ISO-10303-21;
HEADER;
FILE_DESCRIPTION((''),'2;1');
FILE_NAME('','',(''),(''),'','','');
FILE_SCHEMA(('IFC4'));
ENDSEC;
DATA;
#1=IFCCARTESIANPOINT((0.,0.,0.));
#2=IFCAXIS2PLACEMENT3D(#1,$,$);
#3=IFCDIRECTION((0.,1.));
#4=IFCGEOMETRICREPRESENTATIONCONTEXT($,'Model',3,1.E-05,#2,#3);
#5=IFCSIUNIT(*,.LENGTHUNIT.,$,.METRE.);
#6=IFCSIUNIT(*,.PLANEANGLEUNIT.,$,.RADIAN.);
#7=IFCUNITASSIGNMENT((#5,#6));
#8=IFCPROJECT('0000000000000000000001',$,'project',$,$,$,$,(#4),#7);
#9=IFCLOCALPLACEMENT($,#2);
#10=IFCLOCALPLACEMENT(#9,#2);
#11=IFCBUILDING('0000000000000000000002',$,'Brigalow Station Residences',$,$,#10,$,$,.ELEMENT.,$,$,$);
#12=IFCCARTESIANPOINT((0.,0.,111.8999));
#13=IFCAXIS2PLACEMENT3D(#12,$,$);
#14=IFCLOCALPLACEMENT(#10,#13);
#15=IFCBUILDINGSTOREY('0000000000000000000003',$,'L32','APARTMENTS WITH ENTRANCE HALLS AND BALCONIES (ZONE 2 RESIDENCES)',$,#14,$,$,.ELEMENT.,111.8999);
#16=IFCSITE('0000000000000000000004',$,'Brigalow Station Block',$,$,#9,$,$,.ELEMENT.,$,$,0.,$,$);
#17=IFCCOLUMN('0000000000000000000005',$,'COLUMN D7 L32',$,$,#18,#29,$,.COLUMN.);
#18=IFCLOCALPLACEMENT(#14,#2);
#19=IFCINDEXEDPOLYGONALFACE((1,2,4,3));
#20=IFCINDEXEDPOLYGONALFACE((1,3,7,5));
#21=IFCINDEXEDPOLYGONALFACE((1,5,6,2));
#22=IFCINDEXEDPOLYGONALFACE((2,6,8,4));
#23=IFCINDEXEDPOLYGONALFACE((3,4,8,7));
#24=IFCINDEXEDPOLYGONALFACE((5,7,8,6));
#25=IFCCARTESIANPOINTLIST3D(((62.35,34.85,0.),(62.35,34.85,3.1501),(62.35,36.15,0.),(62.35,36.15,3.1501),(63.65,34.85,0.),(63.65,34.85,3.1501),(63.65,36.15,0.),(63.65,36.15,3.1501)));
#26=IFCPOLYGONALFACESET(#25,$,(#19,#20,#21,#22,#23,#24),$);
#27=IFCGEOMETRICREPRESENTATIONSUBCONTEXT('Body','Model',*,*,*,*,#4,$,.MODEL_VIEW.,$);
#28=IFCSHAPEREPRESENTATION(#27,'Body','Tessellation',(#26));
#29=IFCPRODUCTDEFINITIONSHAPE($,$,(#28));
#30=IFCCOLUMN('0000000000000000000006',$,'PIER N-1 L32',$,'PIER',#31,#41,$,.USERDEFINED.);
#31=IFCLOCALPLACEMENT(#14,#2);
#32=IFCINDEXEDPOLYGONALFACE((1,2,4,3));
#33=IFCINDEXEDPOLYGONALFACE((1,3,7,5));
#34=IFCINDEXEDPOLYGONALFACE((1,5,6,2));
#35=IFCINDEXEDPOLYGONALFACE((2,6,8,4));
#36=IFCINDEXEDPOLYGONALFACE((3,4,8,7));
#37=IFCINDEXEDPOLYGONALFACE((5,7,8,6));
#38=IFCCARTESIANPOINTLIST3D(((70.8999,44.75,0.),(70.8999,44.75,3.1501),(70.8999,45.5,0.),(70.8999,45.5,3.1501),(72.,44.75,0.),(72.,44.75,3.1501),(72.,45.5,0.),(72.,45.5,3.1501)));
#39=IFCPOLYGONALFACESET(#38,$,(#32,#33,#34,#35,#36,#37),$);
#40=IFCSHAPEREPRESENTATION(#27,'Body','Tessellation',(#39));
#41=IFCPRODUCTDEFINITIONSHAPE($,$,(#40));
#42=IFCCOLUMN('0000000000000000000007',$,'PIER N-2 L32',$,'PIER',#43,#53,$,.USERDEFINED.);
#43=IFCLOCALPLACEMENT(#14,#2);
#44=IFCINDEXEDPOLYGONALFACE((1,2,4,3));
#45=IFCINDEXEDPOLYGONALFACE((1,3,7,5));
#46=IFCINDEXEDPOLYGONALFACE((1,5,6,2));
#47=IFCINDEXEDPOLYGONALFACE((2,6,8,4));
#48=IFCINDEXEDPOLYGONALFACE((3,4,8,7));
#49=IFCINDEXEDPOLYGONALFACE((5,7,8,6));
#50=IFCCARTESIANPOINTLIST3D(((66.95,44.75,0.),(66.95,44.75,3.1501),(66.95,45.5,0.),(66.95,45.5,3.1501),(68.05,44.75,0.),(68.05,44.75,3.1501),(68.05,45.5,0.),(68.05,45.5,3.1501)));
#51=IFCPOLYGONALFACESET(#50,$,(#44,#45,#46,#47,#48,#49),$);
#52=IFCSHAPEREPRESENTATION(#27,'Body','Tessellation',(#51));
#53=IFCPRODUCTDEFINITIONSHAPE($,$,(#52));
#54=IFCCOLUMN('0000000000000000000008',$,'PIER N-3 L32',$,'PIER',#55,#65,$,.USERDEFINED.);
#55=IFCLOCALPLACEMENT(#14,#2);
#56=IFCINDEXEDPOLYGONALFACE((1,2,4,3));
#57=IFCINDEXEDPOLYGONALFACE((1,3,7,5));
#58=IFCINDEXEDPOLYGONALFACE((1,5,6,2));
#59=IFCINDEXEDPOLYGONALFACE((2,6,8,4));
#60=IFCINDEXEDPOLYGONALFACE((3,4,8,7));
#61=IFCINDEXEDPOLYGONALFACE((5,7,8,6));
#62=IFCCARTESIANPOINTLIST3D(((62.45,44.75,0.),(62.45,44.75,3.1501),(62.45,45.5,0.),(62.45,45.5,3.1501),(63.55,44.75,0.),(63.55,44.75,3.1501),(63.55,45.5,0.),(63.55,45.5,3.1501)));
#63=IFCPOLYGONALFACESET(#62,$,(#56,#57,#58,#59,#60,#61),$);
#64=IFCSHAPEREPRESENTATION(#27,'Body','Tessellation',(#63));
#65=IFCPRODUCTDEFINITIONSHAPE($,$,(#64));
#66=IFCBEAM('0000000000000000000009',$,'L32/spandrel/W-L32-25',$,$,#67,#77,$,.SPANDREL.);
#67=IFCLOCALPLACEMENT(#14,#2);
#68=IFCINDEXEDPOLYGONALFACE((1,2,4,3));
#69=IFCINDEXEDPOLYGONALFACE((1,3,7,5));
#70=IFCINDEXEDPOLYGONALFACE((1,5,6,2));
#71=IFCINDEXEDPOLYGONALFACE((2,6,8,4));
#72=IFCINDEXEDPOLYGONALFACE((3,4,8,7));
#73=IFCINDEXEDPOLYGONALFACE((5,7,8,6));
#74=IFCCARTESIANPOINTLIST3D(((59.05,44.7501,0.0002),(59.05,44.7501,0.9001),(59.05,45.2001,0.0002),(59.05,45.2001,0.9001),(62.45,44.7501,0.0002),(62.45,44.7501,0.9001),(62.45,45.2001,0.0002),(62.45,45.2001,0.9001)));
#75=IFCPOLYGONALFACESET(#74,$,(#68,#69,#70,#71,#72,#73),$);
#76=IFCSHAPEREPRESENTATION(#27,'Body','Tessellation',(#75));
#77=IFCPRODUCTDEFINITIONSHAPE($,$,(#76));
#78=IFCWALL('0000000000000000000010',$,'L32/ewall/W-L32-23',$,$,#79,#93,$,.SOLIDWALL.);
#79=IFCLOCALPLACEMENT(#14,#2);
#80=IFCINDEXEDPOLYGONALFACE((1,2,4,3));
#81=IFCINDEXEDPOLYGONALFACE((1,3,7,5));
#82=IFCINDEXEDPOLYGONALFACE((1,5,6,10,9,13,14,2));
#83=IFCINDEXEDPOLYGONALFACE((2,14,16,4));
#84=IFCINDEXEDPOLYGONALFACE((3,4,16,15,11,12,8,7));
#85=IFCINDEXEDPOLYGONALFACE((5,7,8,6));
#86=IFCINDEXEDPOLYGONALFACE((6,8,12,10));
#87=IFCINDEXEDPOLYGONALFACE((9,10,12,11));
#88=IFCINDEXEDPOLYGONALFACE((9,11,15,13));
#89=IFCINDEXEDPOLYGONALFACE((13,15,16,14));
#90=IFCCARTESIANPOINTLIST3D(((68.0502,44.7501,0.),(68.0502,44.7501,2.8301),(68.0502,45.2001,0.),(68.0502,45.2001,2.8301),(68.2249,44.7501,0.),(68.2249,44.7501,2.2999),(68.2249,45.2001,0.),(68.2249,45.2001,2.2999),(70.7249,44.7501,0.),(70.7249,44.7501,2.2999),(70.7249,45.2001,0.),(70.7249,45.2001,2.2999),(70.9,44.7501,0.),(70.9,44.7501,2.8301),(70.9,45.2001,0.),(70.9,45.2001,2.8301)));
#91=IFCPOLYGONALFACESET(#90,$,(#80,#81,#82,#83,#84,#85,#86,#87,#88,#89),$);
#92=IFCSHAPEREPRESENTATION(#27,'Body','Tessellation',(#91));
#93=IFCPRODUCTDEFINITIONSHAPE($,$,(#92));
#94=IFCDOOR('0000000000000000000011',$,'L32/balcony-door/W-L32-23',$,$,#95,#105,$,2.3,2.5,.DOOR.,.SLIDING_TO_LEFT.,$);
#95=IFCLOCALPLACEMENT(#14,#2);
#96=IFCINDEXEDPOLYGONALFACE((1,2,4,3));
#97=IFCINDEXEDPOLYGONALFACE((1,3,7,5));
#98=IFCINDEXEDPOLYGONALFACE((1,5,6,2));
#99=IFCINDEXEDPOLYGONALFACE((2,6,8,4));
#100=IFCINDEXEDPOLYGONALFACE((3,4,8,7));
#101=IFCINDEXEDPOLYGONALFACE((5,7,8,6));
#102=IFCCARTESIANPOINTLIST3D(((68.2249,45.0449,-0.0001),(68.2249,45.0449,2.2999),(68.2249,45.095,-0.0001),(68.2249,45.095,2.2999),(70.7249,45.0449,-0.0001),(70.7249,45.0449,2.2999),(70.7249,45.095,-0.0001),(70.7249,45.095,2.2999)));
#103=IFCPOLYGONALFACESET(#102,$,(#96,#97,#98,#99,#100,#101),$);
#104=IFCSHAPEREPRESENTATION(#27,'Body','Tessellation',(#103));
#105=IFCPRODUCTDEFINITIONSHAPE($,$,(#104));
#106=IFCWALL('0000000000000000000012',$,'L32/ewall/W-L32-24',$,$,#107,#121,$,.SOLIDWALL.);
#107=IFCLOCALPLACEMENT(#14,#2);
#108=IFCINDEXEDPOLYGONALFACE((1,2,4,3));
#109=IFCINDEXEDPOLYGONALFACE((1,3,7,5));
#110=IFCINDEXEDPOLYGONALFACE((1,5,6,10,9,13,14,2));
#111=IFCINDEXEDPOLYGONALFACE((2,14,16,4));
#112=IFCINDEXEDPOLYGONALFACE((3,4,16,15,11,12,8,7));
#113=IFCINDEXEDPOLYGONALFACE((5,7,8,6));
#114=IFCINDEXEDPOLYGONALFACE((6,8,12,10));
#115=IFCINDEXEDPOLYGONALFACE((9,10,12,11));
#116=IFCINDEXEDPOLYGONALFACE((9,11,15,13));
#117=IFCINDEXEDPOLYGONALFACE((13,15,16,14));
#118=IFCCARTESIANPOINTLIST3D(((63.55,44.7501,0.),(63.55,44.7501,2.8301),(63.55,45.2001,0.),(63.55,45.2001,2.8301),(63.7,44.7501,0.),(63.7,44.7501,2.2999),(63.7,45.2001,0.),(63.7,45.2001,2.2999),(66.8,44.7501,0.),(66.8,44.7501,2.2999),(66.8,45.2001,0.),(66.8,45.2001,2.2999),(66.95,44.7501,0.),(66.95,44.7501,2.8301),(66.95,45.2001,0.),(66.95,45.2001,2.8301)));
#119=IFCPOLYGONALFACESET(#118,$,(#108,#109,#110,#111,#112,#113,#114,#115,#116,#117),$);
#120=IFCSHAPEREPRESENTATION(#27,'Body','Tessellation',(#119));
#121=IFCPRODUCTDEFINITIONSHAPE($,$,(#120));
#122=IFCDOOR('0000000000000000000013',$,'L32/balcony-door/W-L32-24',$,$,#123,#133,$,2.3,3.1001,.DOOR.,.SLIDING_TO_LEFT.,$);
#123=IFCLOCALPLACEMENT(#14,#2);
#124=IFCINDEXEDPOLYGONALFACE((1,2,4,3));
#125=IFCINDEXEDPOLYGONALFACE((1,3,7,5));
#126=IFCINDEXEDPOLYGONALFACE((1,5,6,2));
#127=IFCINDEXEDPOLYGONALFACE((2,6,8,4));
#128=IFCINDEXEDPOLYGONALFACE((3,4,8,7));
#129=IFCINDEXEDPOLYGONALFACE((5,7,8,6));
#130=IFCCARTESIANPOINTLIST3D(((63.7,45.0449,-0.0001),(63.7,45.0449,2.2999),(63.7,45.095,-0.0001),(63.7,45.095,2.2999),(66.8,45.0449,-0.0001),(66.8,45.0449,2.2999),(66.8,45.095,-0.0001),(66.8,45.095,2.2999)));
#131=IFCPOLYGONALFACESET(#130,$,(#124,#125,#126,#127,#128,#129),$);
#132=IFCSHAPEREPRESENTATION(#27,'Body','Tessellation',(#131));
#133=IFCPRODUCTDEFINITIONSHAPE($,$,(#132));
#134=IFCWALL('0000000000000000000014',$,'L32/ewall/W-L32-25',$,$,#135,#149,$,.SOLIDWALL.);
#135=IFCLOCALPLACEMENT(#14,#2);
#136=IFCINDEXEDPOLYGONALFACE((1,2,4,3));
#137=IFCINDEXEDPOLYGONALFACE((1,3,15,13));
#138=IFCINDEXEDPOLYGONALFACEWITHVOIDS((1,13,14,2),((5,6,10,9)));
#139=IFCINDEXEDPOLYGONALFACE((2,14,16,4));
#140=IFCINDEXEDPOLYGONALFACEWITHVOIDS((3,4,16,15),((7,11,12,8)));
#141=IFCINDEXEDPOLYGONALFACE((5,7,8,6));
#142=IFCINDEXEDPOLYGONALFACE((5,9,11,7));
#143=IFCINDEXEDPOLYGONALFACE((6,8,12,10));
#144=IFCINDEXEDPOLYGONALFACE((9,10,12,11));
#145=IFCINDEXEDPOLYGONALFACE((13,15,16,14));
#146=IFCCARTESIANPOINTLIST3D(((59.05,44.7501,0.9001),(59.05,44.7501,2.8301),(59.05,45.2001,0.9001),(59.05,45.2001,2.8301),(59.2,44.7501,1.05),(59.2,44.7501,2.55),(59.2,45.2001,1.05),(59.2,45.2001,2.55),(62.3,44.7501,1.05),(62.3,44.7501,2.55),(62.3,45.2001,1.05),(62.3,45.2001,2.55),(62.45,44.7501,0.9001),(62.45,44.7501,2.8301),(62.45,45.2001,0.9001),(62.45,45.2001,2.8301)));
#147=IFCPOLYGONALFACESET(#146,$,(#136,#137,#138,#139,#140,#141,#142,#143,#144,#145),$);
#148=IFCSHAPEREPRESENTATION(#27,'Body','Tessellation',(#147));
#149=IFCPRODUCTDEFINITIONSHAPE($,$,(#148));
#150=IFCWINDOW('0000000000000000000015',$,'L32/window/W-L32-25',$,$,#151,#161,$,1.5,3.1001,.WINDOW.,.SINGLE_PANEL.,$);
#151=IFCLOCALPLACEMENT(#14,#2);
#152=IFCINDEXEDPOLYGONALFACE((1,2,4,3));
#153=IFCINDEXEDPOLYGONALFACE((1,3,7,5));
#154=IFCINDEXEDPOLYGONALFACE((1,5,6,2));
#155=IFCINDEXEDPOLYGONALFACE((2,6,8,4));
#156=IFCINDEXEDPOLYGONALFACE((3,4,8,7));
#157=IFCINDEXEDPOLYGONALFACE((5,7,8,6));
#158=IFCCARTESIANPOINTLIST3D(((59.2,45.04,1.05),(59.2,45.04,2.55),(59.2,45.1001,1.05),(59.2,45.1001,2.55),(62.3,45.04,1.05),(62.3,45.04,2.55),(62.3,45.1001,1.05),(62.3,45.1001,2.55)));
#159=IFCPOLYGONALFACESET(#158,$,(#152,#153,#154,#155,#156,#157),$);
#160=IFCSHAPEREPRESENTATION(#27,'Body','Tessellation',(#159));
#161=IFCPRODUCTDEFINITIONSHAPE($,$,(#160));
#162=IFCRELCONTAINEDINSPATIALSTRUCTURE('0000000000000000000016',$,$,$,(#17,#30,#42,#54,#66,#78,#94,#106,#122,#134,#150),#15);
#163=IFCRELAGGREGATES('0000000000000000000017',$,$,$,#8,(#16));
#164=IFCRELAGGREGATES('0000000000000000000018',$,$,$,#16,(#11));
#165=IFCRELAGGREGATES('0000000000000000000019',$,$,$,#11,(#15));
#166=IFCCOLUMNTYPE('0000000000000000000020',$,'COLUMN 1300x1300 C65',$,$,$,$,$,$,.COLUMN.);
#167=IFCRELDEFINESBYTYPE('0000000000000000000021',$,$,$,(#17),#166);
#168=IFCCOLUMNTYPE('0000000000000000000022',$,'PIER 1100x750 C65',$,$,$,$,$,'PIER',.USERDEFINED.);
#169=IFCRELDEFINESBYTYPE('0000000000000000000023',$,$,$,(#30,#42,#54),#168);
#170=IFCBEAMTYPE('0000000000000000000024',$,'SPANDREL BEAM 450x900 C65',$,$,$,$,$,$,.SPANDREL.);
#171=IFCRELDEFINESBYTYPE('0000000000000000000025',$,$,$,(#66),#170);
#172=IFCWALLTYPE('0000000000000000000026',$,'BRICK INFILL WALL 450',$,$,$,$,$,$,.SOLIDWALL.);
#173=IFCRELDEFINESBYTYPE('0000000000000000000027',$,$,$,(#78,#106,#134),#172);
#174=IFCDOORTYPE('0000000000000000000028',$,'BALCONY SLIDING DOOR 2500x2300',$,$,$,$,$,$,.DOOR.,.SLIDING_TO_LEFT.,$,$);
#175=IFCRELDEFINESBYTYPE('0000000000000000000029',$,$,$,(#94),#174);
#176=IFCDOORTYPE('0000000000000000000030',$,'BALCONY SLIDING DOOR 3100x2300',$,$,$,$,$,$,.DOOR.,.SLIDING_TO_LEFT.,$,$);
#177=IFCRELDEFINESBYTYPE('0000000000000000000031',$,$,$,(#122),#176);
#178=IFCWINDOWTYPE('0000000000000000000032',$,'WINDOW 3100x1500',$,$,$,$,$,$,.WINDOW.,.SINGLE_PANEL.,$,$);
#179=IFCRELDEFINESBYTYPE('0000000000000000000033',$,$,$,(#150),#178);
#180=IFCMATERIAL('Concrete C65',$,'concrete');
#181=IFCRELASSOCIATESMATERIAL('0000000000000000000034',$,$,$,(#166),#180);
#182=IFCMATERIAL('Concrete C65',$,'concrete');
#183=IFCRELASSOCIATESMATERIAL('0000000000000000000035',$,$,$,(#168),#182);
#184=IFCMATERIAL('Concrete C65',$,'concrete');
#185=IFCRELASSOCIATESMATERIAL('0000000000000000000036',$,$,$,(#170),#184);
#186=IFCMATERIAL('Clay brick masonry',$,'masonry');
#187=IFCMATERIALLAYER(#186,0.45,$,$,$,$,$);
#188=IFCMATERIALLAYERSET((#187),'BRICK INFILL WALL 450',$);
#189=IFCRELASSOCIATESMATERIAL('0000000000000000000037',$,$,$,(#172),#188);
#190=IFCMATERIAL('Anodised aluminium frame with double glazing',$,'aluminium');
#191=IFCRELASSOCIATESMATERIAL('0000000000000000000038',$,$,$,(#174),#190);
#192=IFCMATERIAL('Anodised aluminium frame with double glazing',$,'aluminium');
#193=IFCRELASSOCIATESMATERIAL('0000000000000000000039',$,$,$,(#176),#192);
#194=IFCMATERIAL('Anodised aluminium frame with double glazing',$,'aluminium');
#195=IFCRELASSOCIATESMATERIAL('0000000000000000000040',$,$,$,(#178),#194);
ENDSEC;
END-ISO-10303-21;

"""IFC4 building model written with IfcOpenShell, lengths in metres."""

from ifc_helpers import new_model, si_unit, direction, frame, frame_2d, origin, origin_2d, place, context, subcontext, project, spatial, rectangle, extrude, material, layer, layer_set, material_profile, profile_set, type_object, element, fill, save


model = new_model("IFC4")

# Units and contexts
model_context = context("Model", 3, precision=1e-05, world=origin(), true_north=direction((0.0, 1.0)))
body_context = subcontext(model_context, "Body", "Model", "MODEL_VIEW")
ifc_project = project(units=[si_unit("LENGTHUNIT", "METRE"), si_unit("PLANEANGLEUNIT", "RADIAN")], contexts=[model_context])

# Site, building, storey
site_placement = place(None, origin())
site = spatial("IfcSite", under=ifc_project, at=site_placement, Name="Brigalow Station Block", CompositionType="ELEMENT", RefElevation=0.0)
building_placement = place(site_placement, origin())
building = spatial("IfcBuilding", under=site, at=building_placement, Name="Brigalow Station Residences", CompositionType="ELEMENT")
storey_placement = place(building_placement, frame((0.0, 0.0, 111.8999)))
storey = spatial("IfcBuildingStorey", under=building, at=storey_placement, Name="L32", Description="APARTMENTS WITH ENTRANCE HALLS AND BALCONIES (ZONE 2 RESIDENCES)", CompositionType="ELEMENT", Elevation=111.8999)

# Columns
ifc_material_1 = material(Name="Concrete C65", Category="concrete")
ifc_material_profile_1 = material_profile(ifc_material_1, rectangle(XDim=1.3, YDim=1.3, at=origin_2d()), Name="RC1300x1300")
ifc_profile_set_1 = profile_set([ifc_material_profile_1], Name="Concrete C65")
column_type_1 = type_object("IfcColumnType", Name="COLUMN 1300x1300 C65", PredefinedType="COLUMN", material=ifc_profile_set_1)
column_placement = place(storey_placement, frame((63.0, 35.5, 0.0), z_axis=(0.0, 0.0, 1.0), x_axis=(1.0, 0.0, 0.0)))
element("IfcColumn", 1, at=column_placement, inside=storey, type_object=column_type_1, Name="COLUMN D7 L32", PredefinedType="COLUMN", context=body_context, shape_type="SweptSolid", body=[
    extrude(rectangle(XDim=1.3, YDim=1.3, at=origin_2d()), origin(), (0.0, 0.0, 1.0), 3.1501),
])
ifc_material_2 = material(Name="Concrete C65", Category="concrete")
ifc_material_profile_2 = material_profile(ifc_material_2, rectangle(XDim=1.1001, YDim=0.75, at=origin_2d()), Name="RC1100x750")
ifc_profile_set_2 = profile_set([ifc_material_profile_2], Name="Concrete C65")
column_type_2 = type_object("IfcColumnType", Name="PIER 1100x750 C65", ElementType="PIER", PredefinedType="USERDEFINED", material=ifc_profile_set_2)
for number, where, z_axis, x_axis, name in (
    (2, (71.45, 45.125, 0.0), (0.0, 0.0, 1.0), (-1.0, 0.0, 0.0), "PIER N-1 L32"),
    (3, (67.5, 45.125, 0.0), (0.0, 0.0, 1.0), (-1.0, 0.0, 0.0), "PIER N-2 L32"),
    (4, (63.0, 45.125, 0.0), (0.0, 0.0, 1.0), (-1.0, 0.0, 0.0), "PIER N-3 L32"),
):
    element("IfcColumn", number, at=place(storey_placement, frame(where, z_axis=z_axis, x_axis=x_axis)), inside=storey, type_object=column_type_2, Name=name, ObjectType="PIER", PredefinedType="USERDEFINED", context=body_context, shape_type="SweptSolid", body=[
        extrude(rectangle(XDim=1.1001, YDim=0.75, at=origin_2d()), origin(), (0.0, 0.0, 1.0), 3.1501),
    ])

# Beam
ifc_material_3 = material(Name="Concrete C65", Category="concrete")
ifc_material_profile_3 = material_profile(ifc_material_3, rectangle(XDim=0.45, YDim=0.8999, at=origin_2d()), Name="RC450x900")
ifc_profile_set_3 = profile_set([ifc_material_profile_3], Name="Concrete C65")
beam_type = type_object("IfcBeamType", Name="SPANDREL BEAM 450x900 C65", PredefinedType="SPANDREL", material=ifc_profile_set_3)
beam_placement = place(storey_placement, frame((62.45, 44.9751, 0.4502), z_axis=(-1.0, 0.0, 0.0), x_axis=(0.0, -1.0, 0.0)))
element("IfcBeam", 5, at=beam_placement, inside=storey, type_object=beam_type, Name="L32/spandrel/W-L32-25", PredefinedType="SPANDREL", context=body_context, shape_type="SweptSolid", body=[
    extrude(rectangle(XDim=0.45, YDim=0.8999, at=origin_2d()), origin(), (0.0, 0.0, 1.0), 3.3999),
])

# Walls, openings, doors
ifc_material_4 = material(Name="Clay brick masonry", Category="masonry")
ifc_layer_1 = layer(ifc_material_4, 0.45)
ifc_layer_set_1 = layer_set([ifc_layer_1], Name="BRICK INFILL WALL 450")
wall_type_1 = type_object("IfcWallType", Name="BRICK INFILL WALL 450", PredefinedType="SOLIDWALL", material=ifc_layer_set_1)
wall_1_placement = place(storey_placement, frame((70.8999, 44.9751, 0.0), z_axis=(0.0, 0.0, 1.0), x_axis=(-1.0, 0.0, 0.0)))
wall_1 = element("IfcWall", 6, at=wall_1_placement, inside=storey, type_object=wall_type_1, Name="L32/ewall/W-L32-23", PredefinedType="SOLIDWALL", context=body_context, shape_type="SweptSolid", body=[
    extrude(rectangle(XDim=2.8499, YDim=0.45, at=frame_2d((1.4248, 0.0))), origin(), (0.0, 0.0, 1.0), 2.8301),
])
opening_1_placement = place(wall_1_placement, frame((0.175, 0.0, 0.0)))
opening_1 = element("IfcOpeningElement", 7, at=opening_1_placement, cuts=wall_1, PredefinedType="OPENING", context=body_context, shape_type="SweptSolid", body=[
    extrude(rectangle(XDim=2.5, YDim=2.3, at=frame_2d((1.25, 1.1499))), frame((0.0, 0.2349, 0.0), z_axis=(0.0, -1.0, 0.0), x_axis=(1.0, 0.0, 0.0)), (0.0, 0.0, 1.0), 0.47),
])
ifc_material_5 = material(Name="Anodised aluminium frame with double glazing", Category="aluminium")
door_type_1 = type_object("IfcDoorType", Name="BALCONY SLIDING DOOR 2500x2300", OperationType="SLIDING_TO_LEFT", PredefinedType="DOOR", material=ifc_material_5)
door_1_placement = place(opening_1_placement, origin())
door_1 = element("IfcDoor", 8, at=door_1_placement, inside=storey, type_object=door_type_1, Name="L32/balcony-door/W-L32-23", OperationType="SLIDING_TO_LEFT", OverallHeight=2.3, OverallWidth=2.5, PredefinedType="DOOR", context=body_context, shape_type="SweptSolid", body=[
    extrude(rectangle(XDim=2.5, YDim=2.3, at=frame_2d((1.25, 1.1499))), frame((0.0, -0.0698, 0.0), z_axis=(0.0, -1.0, 0.0), x_axis=(1.0, 0.0, 0.0)), (0.0, 0.0, 1.0), 0.05),
])
fill(opening_1, door_1)
wall_2_placement = place(storey_placement, frame((66.95, 44.9751, 0.0), z_axis=(0.0, 0.0, 1.0), x_axis=(-1.0, 0.0, 0.0)))
wall_2 = element("IfcWall", 9, at=wall_2_placement, inside=storey, type_object=wall_type_1, Name="L32/ewall/W-L32-24", PredefinedType="SOLIDWALL", context=body_context, shape_type="SweptSolid", body=[
    extrude(rectangle(XDim=3.3999, YDim=0.45, at=frame_2d((1.7, 0.0))), origin(), (0.0, 0.0, 1.0), 2.8301),
])
opening_2_placement = place(wall_2_placement, frame((0.1499, 0.0, 0.0)))
opening_2 = element("IfcOpeningElement", 10, at=opening_2_placement, cuts=wall_2, PredefinedType="OPENING", context=body_context, shape_type="SweptSolid", body=[
    extrude(rectangle(XDim=3.1001, YDim=2.3, at=frame_2d((1.55, 1.1499))), frame((0.0, 0.2349, 0.0), z_axis=(0.0, -1.0, 0.0), x_axis=(1.0, 0.0, 0.0)), (0.0, 0.0, 1.0), 0.47),
])
ifc_material_6 = material(Name="Anodised aluminium frame with double glazing", Category="aluminium")
door_type_2 = type_object("IfcDoorType", Name="BALCONY SLIDING DOOR 3100x2300", OperationType="SLIDING_TO_LEFT", PredefinedType="DOOR", material=ifc_material_6)
door_2_placement = place(opening_2_placement, origin())
door_2 = element("IfcDoor", 11, at=door_2_placement, inside=storey, type_object=door_type_2, Name="L32/balcony-door/W-L32-24", OperationType="SLIDING_TO_LEFT", OverallHeight=2.3, OverallWidth=3.1001, PredefinedType="DOOR", context=body_context, shape_type="SweptSolid", body=[
    extrude(rectangle(XDim=3.1001, YDim=2.3, at=frame_2d((1.55, 1.1499))), frame((0.0, -0.0698, 0.0), z_axis=(0.0, -1.0, 0.0), x_axis=(1.0, 0.0, 0.0)), (0.0, 0.0, 1.0), 0.05),
])
fill(opening_2, door_2)

# Wall, opening, window
wall_3_placement = place(storey_placement, frame((62.45, 44.9751, 0.9001), z_axis=(0.0, 0.0, 1.0), x_axis=(-1.0, 0.0, 0.0)))
wall_3 = element("IfcWall", 12, at=wall_3_placement, inside=storey, type_object=wall_type_1, Name="L32/ewall/W-L32-25", PredefinedType="SOLIDWALL", context=body_context, shape_type="SweptSolid", body=[
    extrude(rectangle(XDim=3.3999, YDim=0.45, at=frame_2d((1.7, 0.0))), origin(), (0.0, 0.0, 1.0), 1.9299),
])
opening_3_placement = place(wall_3_placement, frame((0.1499, 0.0, 0.1499)))
opening_3 = element("IfcOpeningElement", 13, at=opening_3_placement, cuts=wall_3, PredefinedType="OPENING", context=body_context, shape_type="SweptSolid", body=[
    extrude(rectangle(XDim=3.1001, YDim=1.5, at=frame_2d((1.55, 0.75))), frame((0.0, 0.2349, 0.0), z_axis=(0.0, -1.0, 0.0), x_axis=(1.0, 0.0, 0.0)), (0.0, 0.0, 1.0), 0.47),
])
ifc_material_7 = material(Name="Anodised aluminium frame with double glazing", Category="aluminium")
window_type = type_object("IfcWindowType", Name="WINDOW 3100x1500", PartitioningType="SINGLE_PANEL", PredefinedType="WINDOW", material=ifc_material_7)
window_placement = place(opening_3_placement, origin())
window = element("IfcWindow", 14, at=window_placement, inside=storey, type_object=window_type, Name="L32/window/W-L32-25", OverallHeight=1.5, OverallWidth=3.1001, PartitioningType="SINGLE_PANEL", PredefinedType="WINDOW", context=body_context, shape_type="SweptSolid", body=[
    extrude(rectangle(XDim=3.1001, YDim=1.5, at=frame_2d((1.55, 0.75))), frame((0.0, -0.0649, 0.0), z_axis=(0.0, -1.0, 0.0), x_axis=(1.0, 0.0, 0.0)), (0.0, 0.0, 1.0), 0.0601),
])
fill(opening_3, window)

save(model, "model.ifc")
